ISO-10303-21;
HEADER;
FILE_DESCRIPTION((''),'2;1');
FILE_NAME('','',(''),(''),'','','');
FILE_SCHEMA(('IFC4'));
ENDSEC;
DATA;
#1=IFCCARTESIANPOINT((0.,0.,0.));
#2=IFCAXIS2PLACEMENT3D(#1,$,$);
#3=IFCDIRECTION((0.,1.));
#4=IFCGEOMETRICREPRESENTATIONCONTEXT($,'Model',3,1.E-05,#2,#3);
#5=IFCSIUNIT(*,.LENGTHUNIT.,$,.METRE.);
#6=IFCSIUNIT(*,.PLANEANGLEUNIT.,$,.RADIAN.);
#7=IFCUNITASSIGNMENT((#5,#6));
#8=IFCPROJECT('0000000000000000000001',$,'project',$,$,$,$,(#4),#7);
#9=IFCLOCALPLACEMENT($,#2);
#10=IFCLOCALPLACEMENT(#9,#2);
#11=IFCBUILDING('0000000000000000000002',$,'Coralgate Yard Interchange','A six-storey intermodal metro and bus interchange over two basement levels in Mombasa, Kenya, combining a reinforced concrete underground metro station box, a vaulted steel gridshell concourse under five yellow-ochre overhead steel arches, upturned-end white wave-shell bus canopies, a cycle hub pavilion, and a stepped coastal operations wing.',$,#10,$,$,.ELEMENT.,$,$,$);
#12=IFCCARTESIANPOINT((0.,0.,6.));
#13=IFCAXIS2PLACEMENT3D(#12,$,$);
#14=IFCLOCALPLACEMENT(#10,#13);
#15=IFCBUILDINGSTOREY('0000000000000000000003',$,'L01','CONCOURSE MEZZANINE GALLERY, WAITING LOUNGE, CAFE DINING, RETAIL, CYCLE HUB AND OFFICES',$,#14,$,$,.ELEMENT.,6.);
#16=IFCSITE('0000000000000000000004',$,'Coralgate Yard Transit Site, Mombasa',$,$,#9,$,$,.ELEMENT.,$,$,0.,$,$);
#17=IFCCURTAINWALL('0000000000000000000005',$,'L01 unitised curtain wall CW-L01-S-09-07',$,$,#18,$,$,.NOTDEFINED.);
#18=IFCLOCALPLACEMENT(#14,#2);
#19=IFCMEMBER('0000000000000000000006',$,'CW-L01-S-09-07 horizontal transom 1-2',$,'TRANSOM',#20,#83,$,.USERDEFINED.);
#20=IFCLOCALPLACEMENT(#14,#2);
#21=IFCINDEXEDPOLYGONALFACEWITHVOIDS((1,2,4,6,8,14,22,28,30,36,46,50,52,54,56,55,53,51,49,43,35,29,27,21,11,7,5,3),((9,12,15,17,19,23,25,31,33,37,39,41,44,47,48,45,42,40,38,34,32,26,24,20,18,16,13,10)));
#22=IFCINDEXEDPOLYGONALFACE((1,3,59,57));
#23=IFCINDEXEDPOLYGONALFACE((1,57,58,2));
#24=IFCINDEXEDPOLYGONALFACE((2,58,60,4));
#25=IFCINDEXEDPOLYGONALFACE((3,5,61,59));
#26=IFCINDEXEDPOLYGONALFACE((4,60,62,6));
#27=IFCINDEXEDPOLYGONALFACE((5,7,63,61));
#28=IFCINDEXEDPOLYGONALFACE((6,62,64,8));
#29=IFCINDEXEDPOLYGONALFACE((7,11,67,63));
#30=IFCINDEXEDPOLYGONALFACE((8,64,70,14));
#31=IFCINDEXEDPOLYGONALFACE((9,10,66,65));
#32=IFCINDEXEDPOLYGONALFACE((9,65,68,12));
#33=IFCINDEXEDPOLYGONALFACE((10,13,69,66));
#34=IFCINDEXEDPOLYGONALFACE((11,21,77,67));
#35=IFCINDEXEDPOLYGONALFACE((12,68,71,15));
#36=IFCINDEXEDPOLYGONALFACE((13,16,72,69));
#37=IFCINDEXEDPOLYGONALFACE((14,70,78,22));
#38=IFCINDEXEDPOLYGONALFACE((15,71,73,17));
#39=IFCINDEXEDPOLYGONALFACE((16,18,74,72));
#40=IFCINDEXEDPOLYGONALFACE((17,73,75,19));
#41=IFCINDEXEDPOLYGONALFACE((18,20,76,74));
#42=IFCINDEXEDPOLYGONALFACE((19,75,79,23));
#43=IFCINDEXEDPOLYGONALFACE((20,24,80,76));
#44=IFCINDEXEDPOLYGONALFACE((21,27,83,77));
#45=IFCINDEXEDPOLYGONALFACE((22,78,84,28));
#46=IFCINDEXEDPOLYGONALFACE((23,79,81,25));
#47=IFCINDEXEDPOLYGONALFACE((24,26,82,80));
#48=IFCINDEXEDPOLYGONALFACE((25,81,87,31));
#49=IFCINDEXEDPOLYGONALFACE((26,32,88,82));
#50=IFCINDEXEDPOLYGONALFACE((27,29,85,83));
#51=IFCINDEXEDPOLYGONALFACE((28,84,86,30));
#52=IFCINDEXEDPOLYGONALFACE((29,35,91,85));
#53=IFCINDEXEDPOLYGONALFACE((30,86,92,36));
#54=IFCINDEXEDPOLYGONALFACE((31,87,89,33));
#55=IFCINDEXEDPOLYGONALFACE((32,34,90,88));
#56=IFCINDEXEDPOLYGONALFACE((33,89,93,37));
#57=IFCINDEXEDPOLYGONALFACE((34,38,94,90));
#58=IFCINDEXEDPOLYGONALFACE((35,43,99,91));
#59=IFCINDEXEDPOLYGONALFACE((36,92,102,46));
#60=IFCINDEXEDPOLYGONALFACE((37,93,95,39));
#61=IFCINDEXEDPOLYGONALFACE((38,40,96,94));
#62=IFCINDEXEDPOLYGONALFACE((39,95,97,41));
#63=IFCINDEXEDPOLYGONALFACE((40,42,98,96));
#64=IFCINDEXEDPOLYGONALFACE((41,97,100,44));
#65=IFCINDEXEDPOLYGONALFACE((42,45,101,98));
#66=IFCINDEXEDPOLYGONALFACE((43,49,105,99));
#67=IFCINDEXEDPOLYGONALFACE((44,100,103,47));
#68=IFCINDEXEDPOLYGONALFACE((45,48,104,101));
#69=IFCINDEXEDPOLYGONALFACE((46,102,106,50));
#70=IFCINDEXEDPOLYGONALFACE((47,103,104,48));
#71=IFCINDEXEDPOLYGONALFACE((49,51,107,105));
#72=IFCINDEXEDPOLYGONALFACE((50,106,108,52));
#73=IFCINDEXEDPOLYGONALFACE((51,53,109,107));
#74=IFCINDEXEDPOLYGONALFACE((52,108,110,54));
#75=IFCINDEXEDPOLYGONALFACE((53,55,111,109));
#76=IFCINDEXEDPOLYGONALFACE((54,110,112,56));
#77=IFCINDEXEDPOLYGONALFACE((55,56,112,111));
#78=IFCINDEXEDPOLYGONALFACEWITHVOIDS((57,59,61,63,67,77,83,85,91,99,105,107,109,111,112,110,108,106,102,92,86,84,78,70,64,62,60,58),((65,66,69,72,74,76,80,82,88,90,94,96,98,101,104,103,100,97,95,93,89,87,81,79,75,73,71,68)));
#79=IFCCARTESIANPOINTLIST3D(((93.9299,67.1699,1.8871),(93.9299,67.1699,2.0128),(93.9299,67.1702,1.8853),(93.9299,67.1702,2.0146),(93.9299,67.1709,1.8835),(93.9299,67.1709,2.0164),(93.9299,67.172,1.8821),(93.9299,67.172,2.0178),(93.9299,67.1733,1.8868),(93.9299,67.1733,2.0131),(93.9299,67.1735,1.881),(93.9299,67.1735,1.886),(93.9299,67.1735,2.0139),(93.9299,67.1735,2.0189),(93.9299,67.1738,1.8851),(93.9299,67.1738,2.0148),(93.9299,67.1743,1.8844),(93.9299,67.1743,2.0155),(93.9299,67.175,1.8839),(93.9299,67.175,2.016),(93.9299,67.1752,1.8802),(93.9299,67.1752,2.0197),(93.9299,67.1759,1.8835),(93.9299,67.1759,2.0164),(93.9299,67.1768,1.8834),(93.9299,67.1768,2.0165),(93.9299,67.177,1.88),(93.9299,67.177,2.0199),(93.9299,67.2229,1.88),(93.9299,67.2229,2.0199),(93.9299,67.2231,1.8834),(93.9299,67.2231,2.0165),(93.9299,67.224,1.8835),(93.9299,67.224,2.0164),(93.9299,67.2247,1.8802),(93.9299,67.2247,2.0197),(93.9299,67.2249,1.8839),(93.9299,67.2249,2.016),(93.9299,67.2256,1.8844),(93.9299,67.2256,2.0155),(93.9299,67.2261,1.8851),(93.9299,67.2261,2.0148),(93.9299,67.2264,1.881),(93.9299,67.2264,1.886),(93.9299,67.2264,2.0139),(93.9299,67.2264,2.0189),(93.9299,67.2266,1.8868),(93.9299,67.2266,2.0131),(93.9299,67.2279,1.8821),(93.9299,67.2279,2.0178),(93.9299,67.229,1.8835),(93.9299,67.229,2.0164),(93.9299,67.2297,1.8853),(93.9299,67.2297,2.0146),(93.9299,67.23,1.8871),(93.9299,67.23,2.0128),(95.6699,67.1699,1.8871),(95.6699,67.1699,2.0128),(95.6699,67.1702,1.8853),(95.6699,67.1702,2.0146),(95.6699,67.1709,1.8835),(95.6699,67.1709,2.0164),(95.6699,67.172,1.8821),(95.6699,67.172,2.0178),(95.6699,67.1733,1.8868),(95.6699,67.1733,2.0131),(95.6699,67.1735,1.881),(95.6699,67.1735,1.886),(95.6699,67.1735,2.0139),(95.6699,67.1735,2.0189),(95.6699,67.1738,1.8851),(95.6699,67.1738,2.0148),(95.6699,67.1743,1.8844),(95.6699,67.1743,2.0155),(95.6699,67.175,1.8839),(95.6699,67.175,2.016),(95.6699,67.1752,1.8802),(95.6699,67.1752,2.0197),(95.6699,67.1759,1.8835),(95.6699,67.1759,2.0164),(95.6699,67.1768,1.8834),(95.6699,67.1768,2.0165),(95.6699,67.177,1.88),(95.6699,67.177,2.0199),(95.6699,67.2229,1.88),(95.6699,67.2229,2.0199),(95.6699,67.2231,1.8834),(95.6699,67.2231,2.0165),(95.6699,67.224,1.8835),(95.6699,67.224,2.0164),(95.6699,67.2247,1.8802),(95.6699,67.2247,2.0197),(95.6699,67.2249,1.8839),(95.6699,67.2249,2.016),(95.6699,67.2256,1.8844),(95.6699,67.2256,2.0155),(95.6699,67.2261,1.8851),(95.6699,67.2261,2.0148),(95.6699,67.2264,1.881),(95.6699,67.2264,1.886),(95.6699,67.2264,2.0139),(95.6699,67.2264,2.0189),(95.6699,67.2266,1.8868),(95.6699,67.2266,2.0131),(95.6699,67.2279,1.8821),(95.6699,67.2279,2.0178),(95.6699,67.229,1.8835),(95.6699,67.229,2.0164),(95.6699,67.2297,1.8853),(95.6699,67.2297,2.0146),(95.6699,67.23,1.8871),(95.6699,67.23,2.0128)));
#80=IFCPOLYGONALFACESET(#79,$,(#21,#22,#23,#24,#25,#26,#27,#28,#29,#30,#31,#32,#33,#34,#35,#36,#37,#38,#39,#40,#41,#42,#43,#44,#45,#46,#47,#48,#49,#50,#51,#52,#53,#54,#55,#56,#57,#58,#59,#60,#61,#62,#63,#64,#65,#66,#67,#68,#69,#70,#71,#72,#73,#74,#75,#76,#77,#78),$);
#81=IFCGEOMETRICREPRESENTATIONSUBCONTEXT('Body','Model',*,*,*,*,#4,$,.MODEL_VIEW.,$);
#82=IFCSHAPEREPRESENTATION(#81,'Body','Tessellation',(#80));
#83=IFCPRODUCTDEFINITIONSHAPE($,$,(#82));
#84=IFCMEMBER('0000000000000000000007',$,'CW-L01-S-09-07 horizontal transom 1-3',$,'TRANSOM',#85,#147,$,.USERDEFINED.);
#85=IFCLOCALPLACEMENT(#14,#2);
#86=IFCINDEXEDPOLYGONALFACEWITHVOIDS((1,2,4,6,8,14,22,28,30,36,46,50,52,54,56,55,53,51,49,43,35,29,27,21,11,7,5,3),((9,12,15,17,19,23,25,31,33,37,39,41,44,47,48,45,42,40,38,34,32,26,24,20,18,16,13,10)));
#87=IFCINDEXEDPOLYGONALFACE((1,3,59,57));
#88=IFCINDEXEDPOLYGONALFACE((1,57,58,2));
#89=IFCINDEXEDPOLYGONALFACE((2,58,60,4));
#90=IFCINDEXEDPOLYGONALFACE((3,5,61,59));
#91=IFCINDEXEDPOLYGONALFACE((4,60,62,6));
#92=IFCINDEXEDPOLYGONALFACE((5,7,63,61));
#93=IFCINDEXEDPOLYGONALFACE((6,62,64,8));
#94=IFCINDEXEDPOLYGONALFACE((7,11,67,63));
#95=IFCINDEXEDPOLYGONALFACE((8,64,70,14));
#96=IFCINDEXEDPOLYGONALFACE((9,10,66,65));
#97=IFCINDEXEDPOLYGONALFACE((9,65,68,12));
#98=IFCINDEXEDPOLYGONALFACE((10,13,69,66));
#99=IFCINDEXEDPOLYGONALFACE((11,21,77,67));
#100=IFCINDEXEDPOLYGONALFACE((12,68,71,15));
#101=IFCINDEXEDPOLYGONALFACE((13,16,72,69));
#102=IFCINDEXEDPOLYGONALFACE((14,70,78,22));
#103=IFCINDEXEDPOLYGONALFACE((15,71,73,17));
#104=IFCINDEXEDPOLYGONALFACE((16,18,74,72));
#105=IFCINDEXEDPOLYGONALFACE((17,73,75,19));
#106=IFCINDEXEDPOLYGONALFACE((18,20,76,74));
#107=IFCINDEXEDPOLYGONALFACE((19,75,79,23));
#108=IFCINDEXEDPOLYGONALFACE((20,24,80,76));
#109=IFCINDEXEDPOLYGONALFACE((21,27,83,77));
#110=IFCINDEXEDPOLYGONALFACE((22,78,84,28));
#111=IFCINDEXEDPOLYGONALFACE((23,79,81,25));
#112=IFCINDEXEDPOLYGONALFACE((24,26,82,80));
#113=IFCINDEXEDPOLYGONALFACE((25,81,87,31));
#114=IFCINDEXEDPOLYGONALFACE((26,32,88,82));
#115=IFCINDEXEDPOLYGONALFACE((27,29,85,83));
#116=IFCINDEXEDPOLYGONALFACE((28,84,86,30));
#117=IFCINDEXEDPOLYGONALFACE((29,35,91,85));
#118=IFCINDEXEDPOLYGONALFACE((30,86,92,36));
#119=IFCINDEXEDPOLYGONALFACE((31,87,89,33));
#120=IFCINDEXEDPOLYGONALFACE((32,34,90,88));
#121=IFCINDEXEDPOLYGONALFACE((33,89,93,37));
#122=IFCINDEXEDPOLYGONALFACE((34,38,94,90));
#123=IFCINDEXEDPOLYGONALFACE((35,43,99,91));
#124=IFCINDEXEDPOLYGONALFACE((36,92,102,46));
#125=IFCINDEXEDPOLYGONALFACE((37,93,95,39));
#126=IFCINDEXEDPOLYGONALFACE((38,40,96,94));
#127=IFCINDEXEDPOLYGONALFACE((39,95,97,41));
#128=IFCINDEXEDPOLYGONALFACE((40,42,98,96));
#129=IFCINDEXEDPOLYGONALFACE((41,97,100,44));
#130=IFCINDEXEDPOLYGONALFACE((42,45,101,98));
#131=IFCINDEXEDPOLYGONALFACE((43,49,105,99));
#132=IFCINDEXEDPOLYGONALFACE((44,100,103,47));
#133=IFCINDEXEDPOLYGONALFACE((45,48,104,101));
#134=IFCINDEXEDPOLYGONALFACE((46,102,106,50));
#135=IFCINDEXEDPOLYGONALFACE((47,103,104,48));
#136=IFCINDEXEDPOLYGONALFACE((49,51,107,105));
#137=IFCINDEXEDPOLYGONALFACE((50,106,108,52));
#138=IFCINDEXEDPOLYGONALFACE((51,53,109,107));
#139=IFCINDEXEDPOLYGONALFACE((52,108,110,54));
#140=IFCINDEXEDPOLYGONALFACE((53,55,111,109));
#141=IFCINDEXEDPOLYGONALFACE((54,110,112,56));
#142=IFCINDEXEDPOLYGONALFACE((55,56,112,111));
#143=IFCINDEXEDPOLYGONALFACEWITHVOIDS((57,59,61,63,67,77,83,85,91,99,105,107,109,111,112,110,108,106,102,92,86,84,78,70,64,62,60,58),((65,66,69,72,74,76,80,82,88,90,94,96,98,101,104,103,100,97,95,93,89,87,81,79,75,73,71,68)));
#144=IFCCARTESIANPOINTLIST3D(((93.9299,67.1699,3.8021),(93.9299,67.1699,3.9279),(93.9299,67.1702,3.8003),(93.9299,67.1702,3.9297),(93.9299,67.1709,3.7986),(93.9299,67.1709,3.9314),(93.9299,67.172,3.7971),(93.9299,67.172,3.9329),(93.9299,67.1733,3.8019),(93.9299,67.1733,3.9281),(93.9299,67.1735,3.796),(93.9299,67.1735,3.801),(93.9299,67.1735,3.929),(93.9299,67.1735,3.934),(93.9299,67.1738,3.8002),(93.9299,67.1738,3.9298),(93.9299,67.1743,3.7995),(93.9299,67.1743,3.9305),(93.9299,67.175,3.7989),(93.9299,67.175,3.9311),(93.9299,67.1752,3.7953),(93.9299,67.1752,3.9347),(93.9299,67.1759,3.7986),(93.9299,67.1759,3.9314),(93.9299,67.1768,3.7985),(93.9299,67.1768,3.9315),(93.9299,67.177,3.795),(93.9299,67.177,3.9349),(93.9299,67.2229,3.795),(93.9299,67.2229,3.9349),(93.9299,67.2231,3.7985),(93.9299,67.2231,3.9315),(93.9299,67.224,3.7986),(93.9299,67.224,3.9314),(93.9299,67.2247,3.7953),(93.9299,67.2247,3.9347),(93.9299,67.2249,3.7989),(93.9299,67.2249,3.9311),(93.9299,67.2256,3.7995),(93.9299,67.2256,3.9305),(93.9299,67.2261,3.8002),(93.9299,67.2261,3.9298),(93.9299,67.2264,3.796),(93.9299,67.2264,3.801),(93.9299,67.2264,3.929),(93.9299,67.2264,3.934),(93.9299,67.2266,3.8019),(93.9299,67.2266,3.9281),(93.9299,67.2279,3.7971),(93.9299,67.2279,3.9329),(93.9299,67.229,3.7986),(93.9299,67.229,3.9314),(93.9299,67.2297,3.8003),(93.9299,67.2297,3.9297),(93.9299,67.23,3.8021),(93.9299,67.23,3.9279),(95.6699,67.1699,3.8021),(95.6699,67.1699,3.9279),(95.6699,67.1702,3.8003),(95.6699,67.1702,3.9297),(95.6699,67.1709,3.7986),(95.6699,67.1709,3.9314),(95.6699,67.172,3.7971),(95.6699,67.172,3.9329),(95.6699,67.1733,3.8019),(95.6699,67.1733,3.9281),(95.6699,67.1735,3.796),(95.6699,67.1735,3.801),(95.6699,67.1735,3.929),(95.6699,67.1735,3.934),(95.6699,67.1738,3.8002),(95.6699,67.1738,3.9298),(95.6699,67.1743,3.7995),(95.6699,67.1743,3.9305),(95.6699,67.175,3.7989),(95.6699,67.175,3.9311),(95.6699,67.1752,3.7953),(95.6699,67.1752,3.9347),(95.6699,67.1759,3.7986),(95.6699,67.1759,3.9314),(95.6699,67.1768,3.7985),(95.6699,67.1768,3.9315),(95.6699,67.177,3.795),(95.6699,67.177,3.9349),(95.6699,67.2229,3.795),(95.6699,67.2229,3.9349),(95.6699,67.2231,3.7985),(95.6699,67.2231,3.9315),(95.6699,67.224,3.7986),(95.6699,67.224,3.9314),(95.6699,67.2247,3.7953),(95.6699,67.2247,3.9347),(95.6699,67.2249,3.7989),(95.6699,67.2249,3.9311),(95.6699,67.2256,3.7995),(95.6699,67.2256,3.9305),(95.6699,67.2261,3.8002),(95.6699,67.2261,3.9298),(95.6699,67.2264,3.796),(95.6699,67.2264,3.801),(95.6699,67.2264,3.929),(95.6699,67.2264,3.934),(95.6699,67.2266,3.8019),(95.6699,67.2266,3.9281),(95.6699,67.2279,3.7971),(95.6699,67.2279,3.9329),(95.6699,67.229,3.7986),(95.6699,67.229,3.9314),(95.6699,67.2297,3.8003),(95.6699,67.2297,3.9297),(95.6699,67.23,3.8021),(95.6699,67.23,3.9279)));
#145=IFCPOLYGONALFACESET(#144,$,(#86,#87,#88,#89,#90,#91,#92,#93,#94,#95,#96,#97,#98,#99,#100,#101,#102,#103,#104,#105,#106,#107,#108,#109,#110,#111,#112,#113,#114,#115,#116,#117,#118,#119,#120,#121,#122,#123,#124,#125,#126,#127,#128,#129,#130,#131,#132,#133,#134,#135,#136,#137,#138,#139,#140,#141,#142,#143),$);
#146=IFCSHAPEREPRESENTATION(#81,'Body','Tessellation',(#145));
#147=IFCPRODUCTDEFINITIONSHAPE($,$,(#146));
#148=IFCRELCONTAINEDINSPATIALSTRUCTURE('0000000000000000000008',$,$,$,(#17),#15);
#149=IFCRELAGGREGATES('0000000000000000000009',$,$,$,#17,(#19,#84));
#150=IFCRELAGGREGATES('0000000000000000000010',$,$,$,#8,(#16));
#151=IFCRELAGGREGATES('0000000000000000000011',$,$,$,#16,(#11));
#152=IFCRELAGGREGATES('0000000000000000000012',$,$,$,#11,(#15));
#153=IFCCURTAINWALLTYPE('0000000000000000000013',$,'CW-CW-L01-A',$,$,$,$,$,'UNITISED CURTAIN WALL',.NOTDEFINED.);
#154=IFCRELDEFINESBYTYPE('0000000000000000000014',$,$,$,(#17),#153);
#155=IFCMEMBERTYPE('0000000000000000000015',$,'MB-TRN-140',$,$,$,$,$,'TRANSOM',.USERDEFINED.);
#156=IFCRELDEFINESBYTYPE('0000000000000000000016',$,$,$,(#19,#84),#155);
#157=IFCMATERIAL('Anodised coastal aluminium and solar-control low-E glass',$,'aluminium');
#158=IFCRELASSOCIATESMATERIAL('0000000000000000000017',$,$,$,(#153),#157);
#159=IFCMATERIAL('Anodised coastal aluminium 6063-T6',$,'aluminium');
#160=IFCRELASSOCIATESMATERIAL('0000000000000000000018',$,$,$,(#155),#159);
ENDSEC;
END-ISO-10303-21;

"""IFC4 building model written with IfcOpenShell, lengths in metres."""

from ifc_helpers import new_model, si_unit, direction, frame, origin, origin_2d, place, context, subcontext, project, spatial, hollow_rectangle, extrude, material, material_profile, profile_set, type_object, element, aggregate, save


model = new_model("IFC4")

# Units and contexts
model_context = context("Model", 3, precision=1e-05, world=origin(), true_north=direction((0.0, 1.0)))
body_context = subcontext(model_context, "Body", "Model", "MODEL_VIEW")
ifc_project = project(units=[si_unit("LENGTHUNIT", "METRE"), si_unit("PLANEANGLEUNIT", "RADIAN")], contexts=[model_context])

# Site, building, storey
site_placement = place(None, origin())
site = spatial("IfcSite", under=ifc_project, at=site_placement, Name="Coralgate Yard Transit Site, Mombasa", CompositionType="ELEMENT", RefElevation=0.0)
building_placement = place(site_placement, origin())
building = spatial("IfcBuilding", under=site, at=building_placement, Name="Coralgate Yard Interchange", Description="A six-storey intermodal metro and bus interchange over two basement levels in Mombasa, Kenya, combining a reinforced concrete underground metro station box, a vaulted steel gridshell concourse under five yellow-ochre overhead steel arches, upturned-end white wave-shell bus canopies, a cycle hub pavilion, and a stepped coastal operations wing.", CompositionType="ELEMENT")
storey_placement = place(building_placement, frame((0.0, 0.0, 6.0)))
storey = spatial("IfcBuildingStorey", under=building, at=storey_placement, Name="L01", Description="CONCOURSE MEZZANINE GALLERY, WAITING LOUNGE, CAFE DINING, RETAIL, CYCLE HUB AND OFFICES", CompositionType="ELEMENT", Elevation=6.0)

# Curtain wall
ifc_material_1 = material(Name="Anodised coastal aluminium and solar-control low-E glass", Category="aluminium")
curtain_wall_type = type_object("IfcCurtainWallType", Name="CW-CW-L01-A", ElementType="UNITISED CURTAIN WALL", PredefinedType="NOTDEFINED", material=ifc_material_1)
curtain_wall_1_placement = place(storey_placement, origin())
curtain_wall_1 = element("IfcCurtainWall", 1, at=curtain_wall_1_placement, inside=storey, type_object=curtain_wall_type, Name="L01 unitised curtain wall CW-L01-S-09-07", PredefinedType="NOTDEFINED")
ifc_material_2 = material(Name="Anodised coastal aluminium 6063-T6", Category="aluminium")

# Members
ifc_material_profile_1 = material_profile(ifc_material_2, hollow_rectangle(XDim=0.0601, YDim=0.1399, WallThickness=0.0034, InnerFilletRadius=0.0034, OuterFilletRadius=0.0071, at=origin_2d()), Name="ALU 60x140x3.5")
ifc_profile_set_1 = profile_set([ifc_material_profile_1], Name="Anodised coastal aluminium 6063-T6")
member_type_1 = type_object("IfcMemberType", Name="MB-TRN-140", ElementType="TRANSOM", PredefinedType="USERDEFINED", material=ifc_profile_set_1)
member_1_placement = place(storey_placement, frame((95.6699, 67.2, 1.95), z_axis=(-1.0, 0.0, 0.0), x_axis=(0.0, -1.0, 0.0)))
member_1 = element("IfcMember", 2, at=member_1_placement, type_object=member_type_1, Name="CW-L01-S-09-07 horizontal transom 1-2", ObjectType="TRANSOM", PredefinedType="USERDEFINED", context=body_context, shape_type="SweptSolid", body=[
    extrude(hollow_rectangle(XDim=0.0601, YDim=0.1399, WallThickness=0.0034, InnerFilletRadius=0.0034, OuterFilletRadius=0.0071, at=origin_2d()), origin(), (0.0, 0.0, 1.0), 1.74),
])
member_2_placement = place(storey_placement, frame((95.6699, 67.2, 3.865), z_axis=(-1.0, 0.0, 0.0), x_axis=(0.0, -1.0, 0.0)))
member_2 = element("IfcMember", 3, at=member_2_placement, type_object=member_type_1, Name="CW-L01-S-09-07 horizontal transom 1-3", ObjectType="TRANSOM", PredefinedType="USERDEFINED", context=body_context, shape_type="SweptSolid", body=[
    extrude(hollow_rectangle(XDim=0.0601, YDim=0.1399, WallThickness=0.0034, InnerFilletRadius=0.0034, OuterFilletRadius=0.0071, at=origin_2d()), origin(), (0.0, 0.0, 1.0), 1.74),
])
aggregate(curtain_wall_1, [member_1, member_2])

save(model, "model.ifc")
